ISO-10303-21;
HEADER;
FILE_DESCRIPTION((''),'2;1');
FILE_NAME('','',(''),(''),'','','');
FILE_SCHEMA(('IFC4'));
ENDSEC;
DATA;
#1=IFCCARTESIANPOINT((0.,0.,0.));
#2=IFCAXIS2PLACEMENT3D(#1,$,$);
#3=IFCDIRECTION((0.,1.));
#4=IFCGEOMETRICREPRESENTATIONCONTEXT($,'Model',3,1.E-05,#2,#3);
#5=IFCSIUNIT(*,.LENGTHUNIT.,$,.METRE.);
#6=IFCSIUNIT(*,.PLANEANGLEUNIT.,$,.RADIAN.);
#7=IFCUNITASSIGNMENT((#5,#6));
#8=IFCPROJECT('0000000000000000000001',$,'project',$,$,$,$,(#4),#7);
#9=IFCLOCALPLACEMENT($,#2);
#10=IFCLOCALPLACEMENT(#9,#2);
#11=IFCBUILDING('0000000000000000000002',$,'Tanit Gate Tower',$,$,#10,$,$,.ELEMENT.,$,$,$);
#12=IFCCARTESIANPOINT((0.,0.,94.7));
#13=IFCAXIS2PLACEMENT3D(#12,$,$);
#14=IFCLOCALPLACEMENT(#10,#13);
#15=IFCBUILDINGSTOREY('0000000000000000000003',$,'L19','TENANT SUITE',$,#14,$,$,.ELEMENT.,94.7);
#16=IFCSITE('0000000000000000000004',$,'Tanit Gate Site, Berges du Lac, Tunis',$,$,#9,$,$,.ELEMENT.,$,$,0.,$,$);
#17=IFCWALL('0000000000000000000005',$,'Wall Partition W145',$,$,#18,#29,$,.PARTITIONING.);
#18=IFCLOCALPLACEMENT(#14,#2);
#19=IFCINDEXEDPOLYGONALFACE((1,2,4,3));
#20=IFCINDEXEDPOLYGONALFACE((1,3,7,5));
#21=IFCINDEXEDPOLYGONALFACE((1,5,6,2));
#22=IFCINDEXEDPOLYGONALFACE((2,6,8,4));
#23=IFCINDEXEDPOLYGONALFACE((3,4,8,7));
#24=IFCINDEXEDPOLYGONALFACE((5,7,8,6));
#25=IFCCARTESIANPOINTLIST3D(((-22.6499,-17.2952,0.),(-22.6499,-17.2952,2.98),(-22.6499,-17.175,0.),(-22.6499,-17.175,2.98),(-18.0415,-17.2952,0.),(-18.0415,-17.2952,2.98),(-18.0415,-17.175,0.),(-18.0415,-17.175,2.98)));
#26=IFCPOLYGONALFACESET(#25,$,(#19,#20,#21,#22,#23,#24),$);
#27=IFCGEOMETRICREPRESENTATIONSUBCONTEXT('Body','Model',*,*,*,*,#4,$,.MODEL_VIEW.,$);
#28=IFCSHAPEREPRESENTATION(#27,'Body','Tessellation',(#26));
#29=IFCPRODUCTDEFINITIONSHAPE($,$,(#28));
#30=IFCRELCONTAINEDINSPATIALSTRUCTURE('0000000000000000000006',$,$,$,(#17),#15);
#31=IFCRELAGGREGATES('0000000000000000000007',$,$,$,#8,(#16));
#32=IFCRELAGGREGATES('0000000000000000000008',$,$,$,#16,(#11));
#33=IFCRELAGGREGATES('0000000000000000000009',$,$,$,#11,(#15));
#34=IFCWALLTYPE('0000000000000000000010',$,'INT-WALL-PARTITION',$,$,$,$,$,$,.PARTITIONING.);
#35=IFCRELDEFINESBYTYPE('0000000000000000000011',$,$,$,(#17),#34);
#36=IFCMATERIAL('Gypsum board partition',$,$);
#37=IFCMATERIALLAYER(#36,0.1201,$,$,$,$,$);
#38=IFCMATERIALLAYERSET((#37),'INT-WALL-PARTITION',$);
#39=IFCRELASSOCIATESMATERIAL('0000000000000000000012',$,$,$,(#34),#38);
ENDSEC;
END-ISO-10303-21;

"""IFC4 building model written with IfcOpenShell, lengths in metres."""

from ifc_helpers import new_model, si_unit, direction, frame, frame_2d, origin, place, context, subcontext, project, spatial, rectangle, extrude, material, layer, layer_set, type_object, element, save


model = new_model("IFC4")

# Units and contexts
model_context = context("Model", 3, precision=1e-05, world=origin(), true_north=direction((0.0, 1.0)))
body_context = subcontext(model_context, "Body", "Model", "MODEL_VIEW")
ifc_project = project(units=[si_unit("LENGTHUNIT", "METRE"), si_unit("PLANEANGLEUNIT", "RADIAN")], contexts=[model_context])

# Site, building, storey
site_placement = place(None, origin())
site = spatial("IfcSite", under=ifc_project, at=site_placement, Name="Tanit Gate Site, Berges du Lac, Tunis", CompositionType="ELEMENT", RefElevation=0.0)
building_placement = place(site_placement, origin())
building = spatial("IfcBuilding", under=site, at=building_placement, Name="Tanit Gate Tower", CompositionType="ELEMENT")
storey_placement = place(building_placement, frame((0.0, 0.0, 94.7)))
storey = spatial("IfcBuildingStorey", under=building, at=storey_placement, Name="L19", Description="TENANT SUITE", CompositionType="ELEMENT", Elevation=94.7)

# Shared definitions
ifc_material_1 = material(Name="Gypsum board partition")
ifc_layer_1 = layer(ifc_material_1, 0.1201)
ifc_layer_set_1 = layer_set([ifc_layer_1], Name="INT-WALL-PARTITION")
wall_type_1 = type_object("IfcWallType", Name="INT-WALL-PARTITION", PredefinedType="PARTITIONING", material=ifc_layer_set_1)

# Wall
wall_1_placement = place(storey_placement, frame((-18.0415, -17.2351, 0.0), z_axis=(0.0, 0.0, 1.0), x_axis=(-1.0, 0.0, 0.0)))
element("IfcWall", 1, at=wall_1_placement, inside=storey, type_object=wall_type_1, Name="Wall Partition W145", PredefinedType="PARTITIONING", context=body_context, shape_type="SweptSolid", body=[
    extrude(rectangle(XDim=4.6084, YDim=0.1201, at=frame_2d((2.3042, 0.0))), origin(), (0.0, 0.0, 1.0), 2.98),
])

save(model, "model.ifc")
